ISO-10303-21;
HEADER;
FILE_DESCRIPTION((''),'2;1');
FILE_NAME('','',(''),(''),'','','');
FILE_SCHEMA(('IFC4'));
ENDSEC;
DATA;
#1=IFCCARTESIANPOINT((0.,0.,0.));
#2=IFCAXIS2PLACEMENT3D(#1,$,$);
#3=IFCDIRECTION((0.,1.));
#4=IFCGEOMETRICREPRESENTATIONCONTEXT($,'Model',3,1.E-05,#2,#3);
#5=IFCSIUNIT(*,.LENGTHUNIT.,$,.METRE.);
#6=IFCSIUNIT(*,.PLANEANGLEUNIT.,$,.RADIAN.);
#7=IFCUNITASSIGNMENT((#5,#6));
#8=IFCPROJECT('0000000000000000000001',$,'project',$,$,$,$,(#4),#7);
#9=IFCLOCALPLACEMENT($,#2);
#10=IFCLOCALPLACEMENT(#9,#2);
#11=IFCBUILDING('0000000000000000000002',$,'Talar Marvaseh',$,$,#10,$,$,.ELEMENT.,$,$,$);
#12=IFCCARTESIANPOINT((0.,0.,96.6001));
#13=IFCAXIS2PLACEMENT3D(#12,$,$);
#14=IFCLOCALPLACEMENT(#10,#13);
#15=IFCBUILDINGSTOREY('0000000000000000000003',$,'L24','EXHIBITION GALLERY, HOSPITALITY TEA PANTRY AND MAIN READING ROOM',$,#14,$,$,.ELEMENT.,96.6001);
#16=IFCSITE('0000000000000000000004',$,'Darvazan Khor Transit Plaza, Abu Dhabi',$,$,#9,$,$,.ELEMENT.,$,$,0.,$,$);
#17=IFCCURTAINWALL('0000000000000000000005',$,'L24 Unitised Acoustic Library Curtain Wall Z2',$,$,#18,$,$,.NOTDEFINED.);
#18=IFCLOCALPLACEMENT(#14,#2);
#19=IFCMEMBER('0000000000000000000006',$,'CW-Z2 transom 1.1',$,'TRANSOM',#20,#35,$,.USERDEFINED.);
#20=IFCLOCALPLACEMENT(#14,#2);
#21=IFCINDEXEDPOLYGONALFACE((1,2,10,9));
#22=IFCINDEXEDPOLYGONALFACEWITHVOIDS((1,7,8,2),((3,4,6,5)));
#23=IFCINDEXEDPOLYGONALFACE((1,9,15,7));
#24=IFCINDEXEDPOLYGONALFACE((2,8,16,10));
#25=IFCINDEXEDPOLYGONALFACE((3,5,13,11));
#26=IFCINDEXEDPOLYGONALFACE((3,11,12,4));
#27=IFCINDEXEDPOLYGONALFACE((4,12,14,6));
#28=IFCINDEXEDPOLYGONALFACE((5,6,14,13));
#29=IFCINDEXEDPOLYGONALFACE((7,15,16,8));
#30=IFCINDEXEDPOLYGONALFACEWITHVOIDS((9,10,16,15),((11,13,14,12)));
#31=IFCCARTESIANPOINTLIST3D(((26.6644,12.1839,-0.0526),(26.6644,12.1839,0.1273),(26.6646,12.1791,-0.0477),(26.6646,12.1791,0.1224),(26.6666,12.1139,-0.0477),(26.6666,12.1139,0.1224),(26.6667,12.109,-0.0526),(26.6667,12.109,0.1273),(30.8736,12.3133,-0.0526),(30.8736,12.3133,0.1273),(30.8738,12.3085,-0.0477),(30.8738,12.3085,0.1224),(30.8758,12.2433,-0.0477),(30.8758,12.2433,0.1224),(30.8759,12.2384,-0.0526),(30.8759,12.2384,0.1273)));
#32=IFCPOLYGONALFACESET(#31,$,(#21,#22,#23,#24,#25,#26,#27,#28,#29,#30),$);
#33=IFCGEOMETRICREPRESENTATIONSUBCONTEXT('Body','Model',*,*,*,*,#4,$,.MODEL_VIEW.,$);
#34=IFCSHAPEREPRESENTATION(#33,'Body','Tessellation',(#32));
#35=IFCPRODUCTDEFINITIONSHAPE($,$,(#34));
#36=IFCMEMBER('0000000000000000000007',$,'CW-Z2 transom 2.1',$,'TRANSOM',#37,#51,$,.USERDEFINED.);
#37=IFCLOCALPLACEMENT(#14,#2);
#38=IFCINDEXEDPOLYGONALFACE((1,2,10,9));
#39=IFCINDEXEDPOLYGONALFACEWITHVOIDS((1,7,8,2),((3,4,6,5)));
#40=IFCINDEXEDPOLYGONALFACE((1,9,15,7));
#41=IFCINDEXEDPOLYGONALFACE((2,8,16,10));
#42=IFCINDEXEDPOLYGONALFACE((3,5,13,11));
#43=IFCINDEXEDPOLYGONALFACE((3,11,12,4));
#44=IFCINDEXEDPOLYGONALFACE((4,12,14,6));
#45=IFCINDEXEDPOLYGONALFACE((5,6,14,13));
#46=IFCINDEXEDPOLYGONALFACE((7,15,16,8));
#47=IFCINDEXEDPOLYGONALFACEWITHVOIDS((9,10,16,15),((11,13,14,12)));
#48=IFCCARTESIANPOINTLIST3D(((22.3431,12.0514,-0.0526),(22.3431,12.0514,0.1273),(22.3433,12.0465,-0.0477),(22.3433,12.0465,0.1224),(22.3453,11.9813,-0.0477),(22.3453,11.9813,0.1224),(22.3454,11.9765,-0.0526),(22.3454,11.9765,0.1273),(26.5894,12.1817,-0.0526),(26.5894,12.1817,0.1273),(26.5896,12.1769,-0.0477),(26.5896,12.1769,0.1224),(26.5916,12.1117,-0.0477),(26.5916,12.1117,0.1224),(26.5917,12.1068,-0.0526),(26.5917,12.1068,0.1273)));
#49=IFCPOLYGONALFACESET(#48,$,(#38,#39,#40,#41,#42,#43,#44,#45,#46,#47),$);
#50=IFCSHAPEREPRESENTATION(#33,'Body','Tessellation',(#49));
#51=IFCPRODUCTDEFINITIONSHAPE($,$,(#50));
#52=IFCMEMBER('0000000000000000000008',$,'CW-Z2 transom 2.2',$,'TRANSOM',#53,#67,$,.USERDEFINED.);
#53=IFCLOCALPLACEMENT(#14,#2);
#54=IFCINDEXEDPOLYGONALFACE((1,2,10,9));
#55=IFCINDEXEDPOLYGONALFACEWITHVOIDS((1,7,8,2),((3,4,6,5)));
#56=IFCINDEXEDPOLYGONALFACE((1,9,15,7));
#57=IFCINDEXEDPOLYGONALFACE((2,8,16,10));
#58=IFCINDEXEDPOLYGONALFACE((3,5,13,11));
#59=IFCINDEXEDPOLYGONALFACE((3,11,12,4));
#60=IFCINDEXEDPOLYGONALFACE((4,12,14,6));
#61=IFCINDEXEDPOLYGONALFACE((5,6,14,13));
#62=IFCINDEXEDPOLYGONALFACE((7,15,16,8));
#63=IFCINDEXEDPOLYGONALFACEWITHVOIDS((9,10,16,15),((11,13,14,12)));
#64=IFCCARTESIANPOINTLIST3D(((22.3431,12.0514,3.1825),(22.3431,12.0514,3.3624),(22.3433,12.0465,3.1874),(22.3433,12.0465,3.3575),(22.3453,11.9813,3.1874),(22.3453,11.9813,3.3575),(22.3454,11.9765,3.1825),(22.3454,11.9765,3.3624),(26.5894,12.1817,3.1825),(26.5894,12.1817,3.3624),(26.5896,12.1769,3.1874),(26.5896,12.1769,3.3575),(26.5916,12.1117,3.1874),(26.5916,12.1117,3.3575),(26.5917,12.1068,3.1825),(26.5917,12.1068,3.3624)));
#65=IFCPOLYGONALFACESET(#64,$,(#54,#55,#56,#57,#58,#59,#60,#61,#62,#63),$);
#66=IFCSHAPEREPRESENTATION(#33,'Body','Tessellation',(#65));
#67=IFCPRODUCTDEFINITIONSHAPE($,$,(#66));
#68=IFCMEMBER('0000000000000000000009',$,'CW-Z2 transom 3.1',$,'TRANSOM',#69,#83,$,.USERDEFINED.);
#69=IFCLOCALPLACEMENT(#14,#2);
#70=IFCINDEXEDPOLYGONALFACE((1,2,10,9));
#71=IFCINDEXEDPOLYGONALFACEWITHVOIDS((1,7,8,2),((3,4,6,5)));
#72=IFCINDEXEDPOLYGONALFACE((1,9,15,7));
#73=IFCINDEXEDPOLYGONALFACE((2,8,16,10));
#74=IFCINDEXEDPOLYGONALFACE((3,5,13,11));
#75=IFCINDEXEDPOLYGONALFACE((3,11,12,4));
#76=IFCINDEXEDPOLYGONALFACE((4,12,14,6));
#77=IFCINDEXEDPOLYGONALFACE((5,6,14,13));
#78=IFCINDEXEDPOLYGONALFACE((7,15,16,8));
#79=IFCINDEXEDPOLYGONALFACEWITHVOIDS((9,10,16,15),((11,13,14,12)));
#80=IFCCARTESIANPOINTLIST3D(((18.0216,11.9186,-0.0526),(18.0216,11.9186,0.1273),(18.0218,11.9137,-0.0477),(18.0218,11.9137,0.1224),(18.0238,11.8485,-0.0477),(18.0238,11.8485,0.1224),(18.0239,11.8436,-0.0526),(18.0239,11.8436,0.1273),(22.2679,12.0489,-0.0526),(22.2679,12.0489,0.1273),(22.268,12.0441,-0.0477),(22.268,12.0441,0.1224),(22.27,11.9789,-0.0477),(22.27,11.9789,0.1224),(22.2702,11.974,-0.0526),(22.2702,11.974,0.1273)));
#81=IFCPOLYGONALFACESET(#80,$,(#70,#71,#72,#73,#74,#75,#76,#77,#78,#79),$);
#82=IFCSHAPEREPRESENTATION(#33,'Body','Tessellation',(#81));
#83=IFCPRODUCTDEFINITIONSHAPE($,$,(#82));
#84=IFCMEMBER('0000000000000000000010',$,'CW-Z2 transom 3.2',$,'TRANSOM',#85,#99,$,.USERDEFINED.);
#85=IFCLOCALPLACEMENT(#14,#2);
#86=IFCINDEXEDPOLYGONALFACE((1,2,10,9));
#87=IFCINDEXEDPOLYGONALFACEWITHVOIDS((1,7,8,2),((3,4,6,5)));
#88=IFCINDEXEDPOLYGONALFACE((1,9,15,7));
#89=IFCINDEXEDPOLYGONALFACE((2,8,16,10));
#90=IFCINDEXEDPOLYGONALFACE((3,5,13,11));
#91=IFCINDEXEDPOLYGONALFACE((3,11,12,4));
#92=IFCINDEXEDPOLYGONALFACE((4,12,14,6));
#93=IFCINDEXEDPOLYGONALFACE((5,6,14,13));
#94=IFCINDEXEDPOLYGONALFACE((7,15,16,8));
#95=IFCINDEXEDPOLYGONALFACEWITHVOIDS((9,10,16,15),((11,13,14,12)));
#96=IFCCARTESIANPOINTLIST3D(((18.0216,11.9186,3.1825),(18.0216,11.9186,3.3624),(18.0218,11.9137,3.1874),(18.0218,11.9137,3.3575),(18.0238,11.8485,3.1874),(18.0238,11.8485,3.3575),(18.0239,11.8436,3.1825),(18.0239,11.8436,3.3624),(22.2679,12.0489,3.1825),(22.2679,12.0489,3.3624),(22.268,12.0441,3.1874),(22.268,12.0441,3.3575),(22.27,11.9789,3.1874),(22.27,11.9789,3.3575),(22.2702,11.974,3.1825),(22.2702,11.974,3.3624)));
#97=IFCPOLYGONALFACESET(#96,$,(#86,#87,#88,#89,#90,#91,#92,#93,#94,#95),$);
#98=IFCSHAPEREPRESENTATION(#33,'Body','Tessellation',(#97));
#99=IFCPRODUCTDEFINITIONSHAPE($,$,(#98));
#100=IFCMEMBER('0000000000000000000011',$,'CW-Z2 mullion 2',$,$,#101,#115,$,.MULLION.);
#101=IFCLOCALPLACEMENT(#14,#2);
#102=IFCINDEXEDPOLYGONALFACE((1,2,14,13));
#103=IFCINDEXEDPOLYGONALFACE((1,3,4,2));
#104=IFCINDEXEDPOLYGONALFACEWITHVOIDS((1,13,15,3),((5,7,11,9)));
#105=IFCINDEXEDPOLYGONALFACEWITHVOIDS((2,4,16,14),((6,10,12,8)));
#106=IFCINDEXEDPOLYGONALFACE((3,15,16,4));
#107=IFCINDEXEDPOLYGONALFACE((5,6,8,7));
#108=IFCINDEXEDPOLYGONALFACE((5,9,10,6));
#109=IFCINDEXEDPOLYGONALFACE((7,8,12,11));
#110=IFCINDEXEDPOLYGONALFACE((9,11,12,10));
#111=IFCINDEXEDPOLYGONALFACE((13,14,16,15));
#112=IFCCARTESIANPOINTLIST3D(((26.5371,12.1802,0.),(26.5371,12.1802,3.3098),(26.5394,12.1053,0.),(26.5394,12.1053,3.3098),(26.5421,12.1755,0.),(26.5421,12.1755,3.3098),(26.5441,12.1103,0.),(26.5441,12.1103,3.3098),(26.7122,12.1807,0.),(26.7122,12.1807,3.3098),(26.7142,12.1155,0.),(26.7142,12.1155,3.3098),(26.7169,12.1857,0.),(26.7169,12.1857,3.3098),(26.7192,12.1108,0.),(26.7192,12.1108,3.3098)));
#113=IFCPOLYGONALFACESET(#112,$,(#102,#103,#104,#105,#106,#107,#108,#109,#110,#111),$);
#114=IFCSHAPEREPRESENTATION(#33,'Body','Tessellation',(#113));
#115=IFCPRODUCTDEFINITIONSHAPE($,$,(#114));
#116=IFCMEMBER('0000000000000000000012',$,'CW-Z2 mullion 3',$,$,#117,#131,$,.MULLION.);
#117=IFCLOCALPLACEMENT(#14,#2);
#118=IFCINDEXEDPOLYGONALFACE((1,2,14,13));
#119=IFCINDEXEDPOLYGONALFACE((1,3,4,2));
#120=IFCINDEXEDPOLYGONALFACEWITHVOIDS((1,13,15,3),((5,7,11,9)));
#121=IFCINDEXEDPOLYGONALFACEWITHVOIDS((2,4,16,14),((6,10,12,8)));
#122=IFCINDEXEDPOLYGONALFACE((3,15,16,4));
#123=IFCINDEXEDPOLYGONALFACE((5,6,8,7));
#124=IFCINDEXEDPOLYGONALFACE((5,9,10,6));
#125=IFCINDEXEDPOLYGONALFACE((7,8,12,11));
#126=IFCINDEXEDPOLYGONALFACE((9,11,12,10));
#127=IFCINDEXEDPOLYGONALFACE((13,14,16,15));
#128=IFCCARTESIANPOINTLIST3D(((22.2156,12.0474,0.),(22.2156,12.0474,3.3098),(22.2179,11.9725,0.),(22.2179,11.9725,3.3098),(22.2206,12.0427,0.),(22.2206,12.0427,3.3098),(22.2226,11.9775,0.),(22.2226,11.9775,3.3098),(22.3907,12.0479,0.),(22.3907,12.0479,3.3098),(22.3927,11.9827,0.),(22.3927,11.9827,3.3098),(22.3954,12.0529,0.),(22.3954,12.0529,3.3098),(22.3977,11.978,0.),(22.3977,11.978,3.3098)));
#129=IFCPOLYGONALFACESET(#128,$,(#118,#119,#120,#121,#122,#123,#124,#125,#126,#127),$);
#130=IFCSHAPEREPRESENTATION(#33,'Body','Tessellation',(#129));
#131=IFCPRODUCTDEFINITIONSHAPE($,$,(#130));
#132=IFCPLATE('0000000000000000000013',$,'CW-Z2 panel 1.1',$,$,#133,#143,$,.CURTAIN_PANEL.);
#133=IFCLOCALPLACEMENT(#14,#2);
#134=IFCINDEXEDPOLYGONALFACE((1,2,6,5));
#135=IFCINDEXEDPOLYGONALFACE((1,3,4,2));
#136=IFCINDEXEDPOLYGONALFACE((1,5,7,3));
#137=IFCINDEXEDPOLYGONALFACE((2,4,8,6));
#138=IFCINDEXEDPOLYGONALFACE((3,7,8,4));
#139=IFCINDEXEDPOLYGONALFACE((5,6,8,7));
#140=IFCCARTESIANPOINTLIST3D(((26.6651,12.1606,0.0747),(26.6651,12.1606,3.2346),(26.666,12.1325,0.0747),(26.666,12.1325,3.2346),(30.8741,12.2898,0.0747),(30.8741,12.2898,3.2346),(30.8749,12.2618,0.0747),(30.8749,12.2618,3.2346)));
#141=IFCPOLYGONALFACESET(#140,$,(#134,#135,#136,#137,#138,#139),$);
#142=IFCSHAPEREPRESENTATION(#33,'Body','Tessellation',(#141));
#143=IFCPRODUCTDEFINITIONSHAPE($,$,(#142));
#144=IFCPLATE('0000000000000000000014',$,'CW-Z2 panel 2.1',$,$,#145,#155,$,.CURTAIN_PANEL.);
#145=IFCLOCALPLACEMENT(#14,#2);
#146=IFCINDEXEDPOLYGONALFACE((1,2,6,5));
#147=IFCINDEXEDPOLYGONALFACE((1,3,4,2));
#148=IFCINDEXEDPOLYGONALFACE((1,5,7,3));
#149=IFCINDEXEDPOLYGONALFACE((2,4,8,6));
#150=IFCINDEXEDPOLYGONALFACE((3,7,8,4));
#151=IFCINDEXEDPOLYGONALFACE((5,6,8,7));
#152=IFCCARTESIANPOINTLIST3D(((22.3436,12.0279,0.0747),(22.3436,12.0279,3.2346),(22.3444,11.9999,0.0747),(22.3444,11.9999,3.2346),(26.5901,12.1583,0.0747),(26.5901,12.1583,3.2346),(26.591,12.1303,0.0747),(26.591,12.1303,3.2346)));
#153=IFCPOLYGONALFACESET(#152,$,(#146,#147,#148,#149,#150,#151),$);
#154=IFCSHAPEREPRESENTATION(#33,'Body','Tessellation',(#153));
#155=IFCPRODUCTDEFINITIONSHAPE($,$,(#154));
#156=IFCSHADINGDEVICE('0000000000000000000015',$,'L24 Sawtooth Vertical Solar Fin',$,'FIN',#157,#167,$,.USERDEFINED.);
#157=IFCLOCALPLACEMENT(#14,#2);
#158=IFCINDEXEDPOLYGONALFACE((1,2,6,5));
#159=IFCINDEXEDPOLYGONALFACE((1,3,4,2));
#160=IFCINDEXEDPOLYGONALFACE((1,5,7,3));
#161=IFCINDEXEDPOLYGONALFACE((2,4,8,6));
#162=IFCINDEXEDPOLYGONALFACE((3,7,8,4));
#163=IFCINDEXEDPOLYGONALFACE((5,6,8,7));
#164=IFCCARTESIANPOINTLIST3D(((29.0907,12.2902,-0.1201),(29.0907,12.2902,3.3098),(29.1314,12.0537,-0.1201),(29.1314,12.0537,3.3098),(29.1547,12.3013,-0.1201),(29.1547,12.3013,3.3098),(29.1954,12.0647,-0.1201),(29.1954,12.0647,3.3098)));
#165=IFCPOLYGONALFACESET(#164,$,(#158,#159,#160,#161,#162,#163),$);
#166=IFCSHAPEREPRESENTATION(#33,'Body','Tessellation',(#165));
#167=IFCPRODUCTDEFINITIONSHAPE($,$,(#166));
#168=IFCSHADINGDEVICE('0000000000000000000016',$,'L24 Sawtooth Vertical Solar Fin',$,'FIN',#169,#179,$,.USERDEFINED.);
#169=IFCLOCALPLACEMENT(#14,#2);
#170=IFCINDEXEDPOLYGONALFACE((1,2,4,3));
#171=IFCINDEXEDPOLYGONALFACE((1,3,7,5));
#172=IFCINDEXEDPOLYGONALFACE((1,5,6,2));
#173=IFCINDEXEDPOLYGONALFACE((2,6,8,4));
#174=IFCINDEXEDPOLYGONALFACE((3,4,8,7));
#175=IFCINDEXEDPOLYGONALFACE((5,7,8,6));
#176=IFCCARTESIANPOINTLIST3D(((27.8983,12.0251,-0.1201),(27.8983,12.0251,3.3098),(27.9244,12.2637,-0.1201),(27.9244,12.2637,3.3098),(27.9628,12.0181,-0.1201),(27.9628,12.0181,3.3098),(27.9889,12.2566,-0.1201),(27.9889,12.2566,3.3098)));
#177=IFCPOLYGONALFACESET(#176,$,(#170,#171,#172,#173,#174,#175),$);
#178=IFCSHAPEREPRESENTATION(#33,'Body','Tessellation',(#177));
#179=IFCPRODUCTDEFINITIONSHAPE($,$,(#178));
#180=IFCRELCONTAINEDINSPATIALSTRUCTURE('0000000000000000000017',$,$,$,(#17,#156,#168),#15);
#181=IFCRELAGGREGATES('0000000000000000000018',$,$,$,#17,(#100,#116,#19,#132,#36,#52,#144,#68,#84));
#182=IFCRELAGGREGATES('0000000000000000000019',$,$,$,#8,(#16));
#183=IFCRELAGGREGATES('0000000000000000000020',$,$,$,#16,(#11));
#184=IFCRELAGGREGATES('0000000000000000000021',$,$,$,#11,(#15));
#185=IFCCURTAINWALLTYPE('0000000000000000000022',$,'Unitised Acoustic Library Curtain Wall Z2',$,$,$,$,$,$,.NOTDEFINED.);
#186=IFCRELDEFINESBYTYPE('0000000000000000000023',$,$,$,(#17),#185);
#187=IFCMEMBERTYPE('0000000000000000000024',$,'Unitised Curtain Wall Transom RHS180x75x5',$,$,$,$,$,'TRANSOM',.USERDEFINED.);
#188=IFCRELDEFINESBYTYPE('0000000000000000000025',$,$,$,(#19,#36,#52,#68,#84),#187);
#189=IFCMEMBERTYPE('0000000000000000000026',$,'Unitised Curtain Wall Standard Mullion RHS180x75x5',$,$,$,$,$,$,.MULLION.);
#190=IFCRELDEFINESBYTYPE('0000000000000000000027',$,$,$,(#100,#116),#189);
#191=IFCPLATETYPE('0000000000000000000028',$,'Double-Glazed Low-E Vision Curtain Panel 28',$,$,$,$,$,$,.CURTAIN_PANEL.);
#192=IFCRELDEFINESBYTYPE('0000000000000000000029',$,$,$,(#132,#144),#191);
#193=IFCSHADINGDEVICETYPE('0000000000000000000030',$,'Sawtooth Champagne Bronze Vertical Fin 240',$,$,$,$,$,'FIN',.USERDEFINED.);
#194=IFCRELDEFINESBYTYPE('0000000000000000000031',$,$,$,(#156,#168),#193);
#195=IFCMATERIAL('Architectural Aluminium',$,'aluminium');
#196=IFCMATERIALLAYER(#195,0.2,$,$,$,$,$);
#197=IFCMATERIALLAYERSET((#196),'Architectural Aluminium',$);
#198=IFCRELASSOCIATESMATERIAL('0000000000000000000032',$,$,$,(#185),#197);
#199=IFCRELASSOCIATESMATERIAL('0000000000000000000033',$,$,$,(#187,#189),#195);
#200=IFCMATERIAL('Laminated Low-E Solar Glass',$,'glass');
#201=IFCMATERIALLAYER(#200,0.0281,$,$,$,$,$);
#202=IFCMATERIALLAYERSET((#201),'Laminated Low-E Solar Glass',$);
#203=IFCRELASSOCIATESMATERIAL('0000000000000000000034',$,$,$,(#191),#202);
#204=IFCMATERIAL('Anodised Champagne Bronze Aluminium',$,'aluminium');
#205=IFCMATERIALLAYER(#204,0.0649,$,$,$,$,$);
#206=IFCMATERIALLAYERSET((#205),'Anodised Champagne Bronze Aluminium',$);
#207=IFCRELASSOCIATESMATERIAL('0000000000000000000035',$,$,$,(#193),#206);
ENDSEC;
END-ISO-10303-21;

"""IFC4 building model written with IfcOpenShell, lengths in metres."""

from ifc_helpers import new_model, si_unit, direction, frame, origin, origin_2d, place, context, subcontext, project, spatial, rectangle, hollow_rectangle, extrude, source, transform, mapped, material, layer, layer_set, material_profile, profile_set, type_object, type_shapes, element, aggregate, save


model = new_model("IFC4")

# Units and contexts
model_context = context("Model", 3, precision=1e-05, world=origin(), true_north=direction((0.0, 1.0)))
body_context = subcontext(model_context, "Body", "Model", "MODEL_VIEW")
ifc_project = project(units=[si_unit("LENGTHUNIT", "METRE"), si_unit("PLANEANGLEUNIT", "RADIAN")], contexts=[model_context])

# Site, building, storey
site_placement = place(None, origin())
site = spatial("IfcSite", under=ifc_project, at=site_placement, Name="Darvazan Khor Transit Plaza, Abu Dhabi", CompositionType="ELEMENT", RefElevation=0.0)
building_placement = place(site_placement, origin())
building = spatial("IfcBuilding", under=site, at=building_placement, Name="Talar Marvaseh", CompositionType="ELEMENT")
storey_placement = place(building_placement, frame((0.0, 0.0, 96.6001)))
storey = spatial("IfcBuildingStorey", under=building, at=storey_placement, Name="L24", Description="EXHIBITION GALLERY, HOSPITALITY TEA PANTRY AND MAIN READING ROOM", CompositionType="ELEMENT", Elevation=96.6001)

# Curtain wall, members, plates
ifc_material_1 = material(Name="Architectural Aluminium", Category="aluminium")
ifc_layer_1 = layer(ifc_material_1, 0.2)
ifc_layer_set_1 = layer_set([ifc_layer_1], Name="Architectural Aluminium")
curtain_wall_type = type_object("IfcCurtainWallType", Name="Unitised Acoustic Library Curtain Wall Z2", PredefinedType="NOTDEFINED", material=ifc_layer_set_1)
curtain_wall_placement = place(storey_placement, origin())
curtain_wall = element("IfcCurtainWall", 1, at=curtain_wall_placement, inside=storey, type_object=curtain_wall_type, Name="L24 Unitised Acoustic Library Curtain Wall Z2", PredefinedType="NOTDEFINED")
ifc_material_profile_1 = material_profile(ifc_material_1, hollow_rectangle(XDim=0.075, YDim=0.1799, WallThickness=0.0049, at=origin_2d()), Name="RHS180x75x5")
ifc_profile_set_1 = profile_set([ifc_material_profile_1], Name="Architectural Aluminium")
member_type_1 = type_object("IfcMemberType", Name="Unitised Curtain Wall Transom RHS180x75x5", ElementType="TRANSOM", PredefinedType="USERDEFINED", material=ifc_profile_set_1)
shared_shape_1 = source(origin(), body_context, "Body", "SweptSolid", [
    extrude(hollow_rectangle(XDim=0.075, YDim=0.1799, WallThickness=0.0049, at=origin_2d()), origin(), (0.0, 0.0, 1.0), 4.2112),
])
member_1_placement = place(storey_placement, frame((30.8748, 12.2759, 0.0374), z_axis=(-0.999528, -0.030726, 0.0), x_axis=(0.030726, -0.999528, 0.0)))
member_1 = element("IfcMember", 2, at=member_1_placement, type_object=member_type_1, Name="CW-Z2 transom 1.1", ObjectType="TRANSOM", PredefinedType="USERDEFINED", context=body_context, shape_type="MappedRepresentation", body=[
    mapped(shared_shape_1, transform((0.0, 0.0, 0.0), x_axis=(1.0, 0.0, 0.0), y_axis=(0.0, 1.0, 0.0), z_axis=(0.0, 0.0, 1.0), scale=1.0)),
])
shared_shape_2 = source(origin(), body_context, "Body", "SweptSolid", [
    extrude(hollow_rectangle(XDim=0.075, YDim=0.1799, WallThickness=0.0049, at=origin_2d()), origin(), (0.0, 0.0, 1.0), 4.2483),
])
type_shapes(member_type_1, [shared_shape_1, shared_shape_2])
member_2_placement = place(storey_placement, frame((26.5906, 12.1443, 0.0374), z_axis=(-0.999529, -0.030688, 0.0), x_axis=(0.030688, -0.999529, 0.0)))
member_2 = element("IfcMember", 3, at=member_2_placement, type_object=member_type_1, Name="CW-Z2 transom 2.1", ObjectType="TRANSOM", PredefinedType="USERDEFINED", context=body_context, shape_type="MappedRepresentation", body=[
    mapped(shared_shape_2, transform((0.0, 0.0, 0.0), x_axis=(1.0, 0.0, 0.0), y_axis=(0.0, 1.0, 0.0), z_axis=(0.0, 0.0, 1.0), scale=1.0)),
])
member_3_placement = place(storey_placement, frame((26.5906, 12.1443, 3.2725), z_axis=(-0.999529, -0.030688, 0.0), x_axis=(0.030688, -0.999529, 0.0)))
member_3 = element("IfcMember", 4, at=member_3_placement, type_object=member_type_1, Name="CW-Z2 transom 2.2", ObjectType="TRANSOM", PredefinedType="USERDEFINED", context=body_context, shape_type="MappedRepresentation", body=[
    mapped(shared_shape_2, transform((0.0, 0.0, 0.0), x_axis=(1.0, 0.0, 0.0), y_axis=(0.0, 1.0, 0.0), z_axis=(0.0, 0.0, 1.0), scale=1.0)),
])
member_4_placement = place(storey_placement, frame((22.269, 12.0115, 0.0374), z_axis=(-0.999529, -0.030688, 0.0), x_axis=(0.030688, -0.999529, 0.0)))
member_4 = element("IfcMember", 5, at=member_4_placement, type_object=member_type_1, Name="CW-Z2 transom 3.1", ObjectType="TRANSOM", PredefinedType="USERDEFINED", context=body_context, shape_type="MappedRepresentation", body=[
    mapped(shared_shape_2, transform((0.0, 0.0, 0.0), x_axis=(1.0, 0.0, 0.0), y_axis=(0.0, 1.0, 0.0), z_axis=(0.0, 0.0, 1.0), scale=1.0)),
])
member_5_placement = place(storey_placement, frame((22.269, 12.0115, 3.2725), z_axis=(-0.999529, -0.030688, 0.0), x_axis=(0.030688, -0.999529, 0.0)))
member_5 = element("IfcMember", 6, at=member_5_placement, type_object=member_type_1, Name="CW-Z2 transom 3.2", ObjectType="TRANSOM", PredefinedType="USERDEFINED", context=body_context, shape_type="MappedRepresentation", body=[
    mapped(shared_shape_2, transform((0.0, 0.0, 0.0), x_axis=(1.0, 0.0, 0.0), y_axis=(0.0, 1.0, 0.0), z_axis=(0.0, 0.0, 1.0), scale=1.0)),
])
ifc_material_profile_2 = material_profile(ifc_material_1, hollow_rectangle(XDim=0.075, YDim=0.1799, WallThickness=0.0049, at=origin_2d()), Name="RHS180x75x5")
ifc_profile_set_2 = profile_set([ifc_material_profile_2], Name="Architectural Aluminium")
member_type_2 = type_object("IfcMemberType", Name="Unitised Curtain Wall Standard Mullion RHS180x75x5", PredefinedType="MULLION", material=ifc_profile_set_2)
shared_shape_3 = source(origin(), body_context, "Body", "SweptSolid", [
    extrude(hollow_rectangle(XDim=0.075, YDim=0.1799, WallThickness=0.0049, at=origin_2d()), origin(), (0.0, 0.0, 1.0), 3.3098),
])
type_shapes(member_type_2, [shared_shape_3])
member_6_placement = place(storey_placement, frame((26.6282, 12.1455, 0.0), z_axis=(0.0, 0.0, 1.0), x_axis=(0.030693, -0.999529, 0.0)))
member_6 = element("IfcMember", 7, at=member_6_placement, type_object=member_type_2, Name="CW-Z2 mullion 2", PredefinedType="MULLION", context=body_context, shape_type="MappedRepresentation", body=[
    mapped(shared_shape_3, transform((0.0, 0.0, 0.0), x_axis=(1.0, 0.0, 0.0), y_axis=(0.0, 1.0, 0.0), z_axis=(0.0, 0.0, 1.0), scale=1.0)),
])
member_7_placement = place(storey_placement, frame((22.3066, 12.0127, 0.0), z_axis=(0.0, 0.0, 1.0), x_axis=(0.030693, -0.999529, 0.0)))
member_7 = element("IfcMember", 8, at=member_7_placement, type_object=member_type_2, Name="CW-Z2 mullion 3", PredefinedType="MULLION", context=body_context, shape_type="MappedRepresentation", body=[
    mapped(shared_shape_3, transform((0.0, 0.0, 0.0), x_axis=(1.0, 0.0, 0.0), y_axis=(0.0, 1.0, 0.0), z_axis=(0.0, 0.0, 1.0), scale=1.0)),
])
ifc_material_2 = material(Name="Laminated Low-E Solar Glass", Category="glass")
ifc_layer_2 = layer(ifc_material_2, 0.0281)
ifc_layer_set_2 = layer_set([ifc_layer_2], Name="Laminated Low-E Solar Glass")
plate_type = type_object("IfcPlateType", Name="Double-Glazed Low-E Vision Curtain Panel 28", PredefinedType="CURTAIN_PANEL", material=ifc_layer_set_2)
shared_shape_4 = source(origin(), body_context, "Body", "SweptSolid", [
    extrude(rectangle(XDim=4.2109, YDim=0.0281, at=origin_2d()), origin(), (0.0, 0.0, 1.0), 3.1599),
])
plate_1_placement = place(storey_placement, frame((28.77, 12.2112, 0.0747), z_axis=(0.0, 0.0, 1.0), x_axis=(-0.999529, -0.030693, 0.0)))
plate_1 = element("IfcPlate", 9, at=plate_1_placement, type_object=plate_type, Name="CW-Z2 panel 1.1", PredefinedType="CURTAIN_PANEL", context=body_context, shape_type="MappedRepresentation", body=[
    mapped(shared_shape_4, transform((0.0, 0.0, 0.0), x_axis=(1.0, 0.0, 0.0), y_axis=(0.0, 1.0, 0.0), z_axis=(0.0, 0.0, 1.0), scale=1.0)),
])
shared_shape_5 = source(origin(), body_context, "Body", "SweptSolid", [
    extrude(rectangle(XDim=4.2485, YDim=0.0281, at=origin_2d()), origin(), (0.0, 0.0, 1.0), 3.1599),
])
type_shapes(plate_type, [shared_shape_4, shared_shape_5])
plate_2_placement = place(storey_placement, frame((24.4673, 12.0791, 0.0747), z_axis=(0.0, 0.0, 1.0), x_axis=(-0.999529, -0.030693, 0.0)))
plate_2 = element("IfcPlate", 10, at=plate_2_placement, type_object=plate_type, Name="CW-Z2 panel 2.1", PredefinedType="CURTAIN_PANEL", context=body_context, shape_type="MappedRepresentation", body=[
    mapped(shared_shape_5, transform((0.0, 0.0, 0.0), x_axis=(1.0, 0.0, 0.0), y_axis=(0.0, 1.0, 0.0), z_axis=(0.0, 0.0, 1.0), scale=1.0)),
])
aggregate(curtain_wall, [member_6, member_7, member_1, plate_1, member_2, member_3, plate_2, member_4, member_5])

# Shading devices
ifc_material_3 = material(Name="Anodised Champagne Bronze Aluminium", Category="aluminium")
ifc_layer_3 = layer(ifc_material_3, 0.0649)
ifc_layer_set_3 = layer_set([ifc_layer_3], Name="Anodised Champagne Bronze Aluminium")
shading_device_type = type_object("IfcShadingDeviceType", Name="Sawtooth Champagne Bronze Vertical Fin 240", ElementType="FIN", PredefinedType="USERDEFINED", material=ifc_layer_set_3)
shared_shape_6 = source(origin(), body_context, "Body", "SweptSolid", [
    extrude(rectangle(XDim=0.24, YDim=0.0649, at=origin_2d()), origin(), (0.0, 0.0, 1.0), 3.4299),
])
type_shapes(shading_device_type, [shared_shape_6])
for number, where, z_axis, x_axis, name in (
    (11, (29.1431, 12.1775, -0.1201), (0.0, 0.0, 1.0), (0.169522, -0.985526, 0.0), "L24 Sawtooth Vertical Solar Fin"),
    (12, (27.9436, 12.1409, -0.1201), (0.0, 0.0, 1.0), (-0.108693, -0.994075, 0.0), "L24 Sawtooth Vertical Solar Fin"),
):
    element("IfcShadingDevice", number, at=place(storey_placement, frame(where, z_axis=z_axis, x_axis=x_axis)), inside=storey, type_object=shading_device_type, Name=name, ObjectType="FIN", PredefinedType="USERDEFINED", context=body_context, shape_type="MappedRepresentation", body=[
        mapped(shared_shape_6, transform((0.0, 0.0, 0.0), x_axis=(1.0, 0.0, 0.0), y_axis=(0.0, 1.0, 0.0), z_axis=(0.0, 0.0, 1.0), scale=1.0)),
    ])

save(model, "model.ifc")
